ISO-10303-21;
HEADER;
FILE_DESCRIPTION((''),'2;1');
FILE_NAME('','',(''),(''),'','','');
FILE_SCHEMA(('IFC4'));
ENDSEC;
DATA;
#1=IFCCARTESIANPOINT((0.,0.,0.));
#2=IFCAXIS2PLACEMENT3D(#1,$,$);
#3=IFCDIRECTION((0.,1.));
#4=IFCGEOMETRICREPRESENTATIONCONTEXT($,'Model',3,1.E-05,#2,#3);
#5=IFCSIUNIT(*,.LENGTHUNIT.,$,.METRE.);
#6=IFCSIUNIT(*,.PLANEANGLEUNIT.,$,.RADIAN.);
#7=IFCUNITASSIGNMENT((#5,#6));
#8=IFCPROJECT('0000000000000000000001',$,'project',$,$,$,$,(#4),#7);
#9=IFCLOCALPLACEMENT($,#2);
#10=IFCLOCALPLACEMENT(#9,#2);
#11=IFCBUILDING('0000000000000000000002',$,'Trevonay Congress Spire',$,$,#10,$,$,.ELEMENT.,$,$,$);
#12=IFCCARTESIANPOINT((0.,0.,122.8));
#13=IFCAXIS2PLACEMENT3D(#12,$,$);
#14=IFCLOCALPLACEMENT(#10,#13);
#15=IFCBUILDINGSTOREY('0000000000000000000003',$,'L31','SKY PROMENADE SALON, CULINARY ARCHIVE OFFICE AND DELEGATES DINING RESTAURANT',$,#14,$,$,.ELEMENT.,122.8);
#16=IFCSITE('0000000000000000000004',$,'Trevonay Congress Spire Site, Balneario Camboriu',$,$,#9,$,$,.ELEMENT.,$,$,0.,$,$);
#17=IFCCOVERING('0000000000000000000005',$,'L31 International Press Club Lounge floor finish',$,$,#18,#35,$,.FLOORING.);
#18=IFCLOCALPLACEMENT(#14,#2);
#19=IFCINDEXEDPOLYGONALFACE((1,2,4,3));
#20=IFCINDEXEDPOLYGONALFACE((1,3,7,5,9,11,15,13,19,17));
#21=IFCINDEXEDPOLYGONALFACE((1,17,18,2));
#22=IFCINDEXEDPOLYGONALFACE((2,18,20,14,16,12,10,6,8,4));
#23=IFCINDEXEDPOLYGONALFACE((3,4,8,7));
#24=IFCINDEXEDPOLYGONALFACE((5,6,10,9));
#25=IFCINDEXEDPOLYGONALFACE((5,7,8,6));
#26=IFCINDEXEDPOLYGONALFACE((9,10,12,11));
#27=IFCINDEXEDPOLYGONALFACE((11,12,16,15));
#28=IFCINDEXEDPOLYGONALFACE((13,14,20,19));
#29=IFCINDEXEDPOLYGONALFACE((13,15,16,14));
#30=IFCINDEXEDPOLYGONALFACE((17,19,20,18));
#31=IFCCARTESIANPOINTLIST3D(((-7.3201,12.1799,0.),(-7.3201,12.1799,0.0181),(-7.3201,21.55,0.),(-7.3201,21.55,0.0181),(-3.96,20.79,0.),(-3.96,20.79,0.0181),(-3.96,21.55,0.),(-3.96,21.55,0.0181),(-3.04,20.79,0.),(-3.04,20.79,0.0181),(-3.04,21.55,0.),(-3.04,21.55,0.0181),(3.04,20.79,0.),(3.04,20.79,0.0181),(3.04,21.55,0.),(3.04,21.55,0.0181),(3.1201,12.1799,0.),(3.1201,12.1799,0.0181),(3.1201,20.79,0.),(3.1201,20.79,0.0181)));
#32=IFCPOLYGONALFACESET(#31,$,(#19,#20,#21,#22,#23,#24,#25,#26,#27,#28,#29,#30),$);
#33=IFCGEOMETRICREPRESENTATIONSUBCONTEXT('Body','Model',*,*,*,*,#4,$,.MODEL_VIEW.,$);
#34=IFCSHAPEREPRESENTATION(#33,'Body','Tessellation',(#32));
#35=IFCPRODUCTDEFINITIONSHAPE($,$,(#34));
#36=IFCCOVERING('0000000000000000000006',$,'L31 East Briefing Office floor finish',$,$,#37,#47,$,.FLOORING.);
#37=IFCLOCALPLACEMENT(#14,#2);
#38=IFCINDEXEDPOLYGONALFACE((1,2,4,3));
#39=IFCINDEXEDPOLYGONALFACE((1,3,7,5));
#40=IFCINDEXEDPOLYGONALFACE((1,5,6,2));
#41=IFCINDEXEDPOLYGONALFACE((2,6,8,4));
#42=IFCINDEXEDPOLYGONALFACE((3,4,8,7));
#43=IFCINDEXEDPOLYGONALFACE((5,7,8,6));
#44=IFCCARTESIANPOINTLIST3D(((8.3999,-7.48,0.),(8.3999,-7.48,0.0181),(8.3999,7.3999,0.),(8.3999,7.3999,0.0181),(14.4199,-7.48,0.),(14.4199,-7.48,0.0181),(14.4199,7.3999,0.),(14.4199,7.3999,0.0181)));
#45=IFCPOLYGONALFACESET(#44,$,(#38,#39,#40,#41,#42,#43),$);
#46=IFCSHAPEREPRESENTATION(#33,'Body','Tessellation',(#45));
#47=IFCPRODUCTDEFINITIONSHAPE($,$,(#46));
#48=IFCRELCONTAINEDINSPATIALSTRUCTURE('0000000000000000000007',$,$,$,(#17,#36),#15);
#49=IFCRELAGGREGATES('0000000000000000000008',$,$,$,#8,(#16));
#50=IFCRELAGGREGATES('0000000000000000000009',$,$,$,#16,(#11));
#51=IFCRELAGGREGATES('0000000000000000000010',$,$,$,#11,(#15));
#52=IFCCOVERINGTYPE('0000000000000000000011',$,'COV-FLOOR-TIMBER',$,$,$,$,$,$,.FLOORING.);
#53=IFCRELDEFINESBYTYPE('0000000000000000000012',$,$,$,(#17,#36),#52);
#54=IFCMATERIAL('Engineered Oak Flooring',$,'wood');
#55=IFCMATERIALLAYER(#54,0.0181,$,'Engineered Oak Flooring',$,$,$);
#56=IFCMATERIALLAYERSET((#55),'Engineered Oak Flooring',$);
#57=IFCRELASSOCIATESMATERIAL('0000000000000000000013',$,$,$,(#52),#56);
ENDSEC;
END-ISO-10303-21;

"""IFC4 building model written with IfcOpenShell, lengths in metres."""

from ifc_helpers import new_model, si_unit, direction, frame, origin, place, context, subcontext, project, spatial, polyline, outline, extrude, material, layer, layer_set, type_object, element, save


model = new_model("IFC4")

# Units and contexts
model_context = context("Model", 3, precision=1e-05, world=origin(), true_north=direction((0.0, 1.0)))
body_context = subcontext(model_context, "Body", "Model", "MODEL_VIEW")
ifc_project = project(units=[si_unit("LENGTHUNIT", "METRE"), si_unit("PLANEANGLEUNIT", "RADIAN")], contexts=[model_context])

# Site, building, storey
site_placement = place(None, origin())
site = spatial("IfcSite", under=ifc_project, at=site_placement, Name="Trevonay Congress Spire Site, Balneario Camboriu", CompositionType="ELEMENT", RefElevation=0.0)
building_placement = place(site_placement, origin())
building = spatial("IfcBuilding", under=site, at=building_placement, Name="Trevonay Congress Spire", CompositionType="ELEMENT")
storey_placement = place(building_placement, frame((0.0, 0.0, 122.8)))
storey = spatial("IfcBuildingStorey", under=building, at=storey_placement, Name="L31", Description="SKY PROMENADE SALON, CULINARY ARCHIVE OFFICE AND DELEGATES DINING RESTAURANT", CompositionType="ELEMENT", Elevation=122.8)

# Coverings
ifc_material_1 = material(Name="Engineered Oak Flooring", Category="wood")
ifc_layer_1 = layer(ifc_material_1, 0.0181, Name="Engineered Oak Flooring")
ifc_layer_set_1 = layer_set([ifc_layer_1], Name="Engineered Oak Flooring")
covering_type_1 = type_object("IfcCoveringType", Name="COV-FLOOR-TIMBER", PredefinedType="FLOORING", material=ifc_layer_set_1)
covering_1_placement = place(storey_placement, origin())
element("IfcCovering", 1, at=covering_1_placement, inside=storey, type_object=covering_type_1, Name="L31 International Press Club Lounge floor finish", PredefinedType="FLOORING", context=body_context, shape_type="SweptSolid", body=[
    extrude(outline(polyline([(3.1201, 12.1799), (-7.3201, 12.1799), (-7.3201, 21.55), (-3.96, 21.55), (-3.96, 20.79), (-3.04, 20.79), (-3.04, 21.55), (3.04, 21.55), (3.04, 20.79), (3.1201, 20.79), (3.1201, 12.1799)])), origin(), (0.0, 0.0, 1.0), 0.0181),
])
covering_2_placement = place(storey_placement, origin())
element("IfcCovering", 2, at=covering_2_placement, inside=storey, type_object=covering_type_1, Name="L31 East Briefing Office floor finish", PredefinedType="FLOORING", context=body_context, shape_type="SweptSolid", body=[
    extrude(outline(polyline([(8.3999, -7.48), (14.4199, -7.48), (14.4199, 7.3999), (8.3999, 7.3999), (8.3999, -7.48)])), origin(), (0.0, 0.0, 1.0), 0.0181),
])

save(model, "model.ifc")
